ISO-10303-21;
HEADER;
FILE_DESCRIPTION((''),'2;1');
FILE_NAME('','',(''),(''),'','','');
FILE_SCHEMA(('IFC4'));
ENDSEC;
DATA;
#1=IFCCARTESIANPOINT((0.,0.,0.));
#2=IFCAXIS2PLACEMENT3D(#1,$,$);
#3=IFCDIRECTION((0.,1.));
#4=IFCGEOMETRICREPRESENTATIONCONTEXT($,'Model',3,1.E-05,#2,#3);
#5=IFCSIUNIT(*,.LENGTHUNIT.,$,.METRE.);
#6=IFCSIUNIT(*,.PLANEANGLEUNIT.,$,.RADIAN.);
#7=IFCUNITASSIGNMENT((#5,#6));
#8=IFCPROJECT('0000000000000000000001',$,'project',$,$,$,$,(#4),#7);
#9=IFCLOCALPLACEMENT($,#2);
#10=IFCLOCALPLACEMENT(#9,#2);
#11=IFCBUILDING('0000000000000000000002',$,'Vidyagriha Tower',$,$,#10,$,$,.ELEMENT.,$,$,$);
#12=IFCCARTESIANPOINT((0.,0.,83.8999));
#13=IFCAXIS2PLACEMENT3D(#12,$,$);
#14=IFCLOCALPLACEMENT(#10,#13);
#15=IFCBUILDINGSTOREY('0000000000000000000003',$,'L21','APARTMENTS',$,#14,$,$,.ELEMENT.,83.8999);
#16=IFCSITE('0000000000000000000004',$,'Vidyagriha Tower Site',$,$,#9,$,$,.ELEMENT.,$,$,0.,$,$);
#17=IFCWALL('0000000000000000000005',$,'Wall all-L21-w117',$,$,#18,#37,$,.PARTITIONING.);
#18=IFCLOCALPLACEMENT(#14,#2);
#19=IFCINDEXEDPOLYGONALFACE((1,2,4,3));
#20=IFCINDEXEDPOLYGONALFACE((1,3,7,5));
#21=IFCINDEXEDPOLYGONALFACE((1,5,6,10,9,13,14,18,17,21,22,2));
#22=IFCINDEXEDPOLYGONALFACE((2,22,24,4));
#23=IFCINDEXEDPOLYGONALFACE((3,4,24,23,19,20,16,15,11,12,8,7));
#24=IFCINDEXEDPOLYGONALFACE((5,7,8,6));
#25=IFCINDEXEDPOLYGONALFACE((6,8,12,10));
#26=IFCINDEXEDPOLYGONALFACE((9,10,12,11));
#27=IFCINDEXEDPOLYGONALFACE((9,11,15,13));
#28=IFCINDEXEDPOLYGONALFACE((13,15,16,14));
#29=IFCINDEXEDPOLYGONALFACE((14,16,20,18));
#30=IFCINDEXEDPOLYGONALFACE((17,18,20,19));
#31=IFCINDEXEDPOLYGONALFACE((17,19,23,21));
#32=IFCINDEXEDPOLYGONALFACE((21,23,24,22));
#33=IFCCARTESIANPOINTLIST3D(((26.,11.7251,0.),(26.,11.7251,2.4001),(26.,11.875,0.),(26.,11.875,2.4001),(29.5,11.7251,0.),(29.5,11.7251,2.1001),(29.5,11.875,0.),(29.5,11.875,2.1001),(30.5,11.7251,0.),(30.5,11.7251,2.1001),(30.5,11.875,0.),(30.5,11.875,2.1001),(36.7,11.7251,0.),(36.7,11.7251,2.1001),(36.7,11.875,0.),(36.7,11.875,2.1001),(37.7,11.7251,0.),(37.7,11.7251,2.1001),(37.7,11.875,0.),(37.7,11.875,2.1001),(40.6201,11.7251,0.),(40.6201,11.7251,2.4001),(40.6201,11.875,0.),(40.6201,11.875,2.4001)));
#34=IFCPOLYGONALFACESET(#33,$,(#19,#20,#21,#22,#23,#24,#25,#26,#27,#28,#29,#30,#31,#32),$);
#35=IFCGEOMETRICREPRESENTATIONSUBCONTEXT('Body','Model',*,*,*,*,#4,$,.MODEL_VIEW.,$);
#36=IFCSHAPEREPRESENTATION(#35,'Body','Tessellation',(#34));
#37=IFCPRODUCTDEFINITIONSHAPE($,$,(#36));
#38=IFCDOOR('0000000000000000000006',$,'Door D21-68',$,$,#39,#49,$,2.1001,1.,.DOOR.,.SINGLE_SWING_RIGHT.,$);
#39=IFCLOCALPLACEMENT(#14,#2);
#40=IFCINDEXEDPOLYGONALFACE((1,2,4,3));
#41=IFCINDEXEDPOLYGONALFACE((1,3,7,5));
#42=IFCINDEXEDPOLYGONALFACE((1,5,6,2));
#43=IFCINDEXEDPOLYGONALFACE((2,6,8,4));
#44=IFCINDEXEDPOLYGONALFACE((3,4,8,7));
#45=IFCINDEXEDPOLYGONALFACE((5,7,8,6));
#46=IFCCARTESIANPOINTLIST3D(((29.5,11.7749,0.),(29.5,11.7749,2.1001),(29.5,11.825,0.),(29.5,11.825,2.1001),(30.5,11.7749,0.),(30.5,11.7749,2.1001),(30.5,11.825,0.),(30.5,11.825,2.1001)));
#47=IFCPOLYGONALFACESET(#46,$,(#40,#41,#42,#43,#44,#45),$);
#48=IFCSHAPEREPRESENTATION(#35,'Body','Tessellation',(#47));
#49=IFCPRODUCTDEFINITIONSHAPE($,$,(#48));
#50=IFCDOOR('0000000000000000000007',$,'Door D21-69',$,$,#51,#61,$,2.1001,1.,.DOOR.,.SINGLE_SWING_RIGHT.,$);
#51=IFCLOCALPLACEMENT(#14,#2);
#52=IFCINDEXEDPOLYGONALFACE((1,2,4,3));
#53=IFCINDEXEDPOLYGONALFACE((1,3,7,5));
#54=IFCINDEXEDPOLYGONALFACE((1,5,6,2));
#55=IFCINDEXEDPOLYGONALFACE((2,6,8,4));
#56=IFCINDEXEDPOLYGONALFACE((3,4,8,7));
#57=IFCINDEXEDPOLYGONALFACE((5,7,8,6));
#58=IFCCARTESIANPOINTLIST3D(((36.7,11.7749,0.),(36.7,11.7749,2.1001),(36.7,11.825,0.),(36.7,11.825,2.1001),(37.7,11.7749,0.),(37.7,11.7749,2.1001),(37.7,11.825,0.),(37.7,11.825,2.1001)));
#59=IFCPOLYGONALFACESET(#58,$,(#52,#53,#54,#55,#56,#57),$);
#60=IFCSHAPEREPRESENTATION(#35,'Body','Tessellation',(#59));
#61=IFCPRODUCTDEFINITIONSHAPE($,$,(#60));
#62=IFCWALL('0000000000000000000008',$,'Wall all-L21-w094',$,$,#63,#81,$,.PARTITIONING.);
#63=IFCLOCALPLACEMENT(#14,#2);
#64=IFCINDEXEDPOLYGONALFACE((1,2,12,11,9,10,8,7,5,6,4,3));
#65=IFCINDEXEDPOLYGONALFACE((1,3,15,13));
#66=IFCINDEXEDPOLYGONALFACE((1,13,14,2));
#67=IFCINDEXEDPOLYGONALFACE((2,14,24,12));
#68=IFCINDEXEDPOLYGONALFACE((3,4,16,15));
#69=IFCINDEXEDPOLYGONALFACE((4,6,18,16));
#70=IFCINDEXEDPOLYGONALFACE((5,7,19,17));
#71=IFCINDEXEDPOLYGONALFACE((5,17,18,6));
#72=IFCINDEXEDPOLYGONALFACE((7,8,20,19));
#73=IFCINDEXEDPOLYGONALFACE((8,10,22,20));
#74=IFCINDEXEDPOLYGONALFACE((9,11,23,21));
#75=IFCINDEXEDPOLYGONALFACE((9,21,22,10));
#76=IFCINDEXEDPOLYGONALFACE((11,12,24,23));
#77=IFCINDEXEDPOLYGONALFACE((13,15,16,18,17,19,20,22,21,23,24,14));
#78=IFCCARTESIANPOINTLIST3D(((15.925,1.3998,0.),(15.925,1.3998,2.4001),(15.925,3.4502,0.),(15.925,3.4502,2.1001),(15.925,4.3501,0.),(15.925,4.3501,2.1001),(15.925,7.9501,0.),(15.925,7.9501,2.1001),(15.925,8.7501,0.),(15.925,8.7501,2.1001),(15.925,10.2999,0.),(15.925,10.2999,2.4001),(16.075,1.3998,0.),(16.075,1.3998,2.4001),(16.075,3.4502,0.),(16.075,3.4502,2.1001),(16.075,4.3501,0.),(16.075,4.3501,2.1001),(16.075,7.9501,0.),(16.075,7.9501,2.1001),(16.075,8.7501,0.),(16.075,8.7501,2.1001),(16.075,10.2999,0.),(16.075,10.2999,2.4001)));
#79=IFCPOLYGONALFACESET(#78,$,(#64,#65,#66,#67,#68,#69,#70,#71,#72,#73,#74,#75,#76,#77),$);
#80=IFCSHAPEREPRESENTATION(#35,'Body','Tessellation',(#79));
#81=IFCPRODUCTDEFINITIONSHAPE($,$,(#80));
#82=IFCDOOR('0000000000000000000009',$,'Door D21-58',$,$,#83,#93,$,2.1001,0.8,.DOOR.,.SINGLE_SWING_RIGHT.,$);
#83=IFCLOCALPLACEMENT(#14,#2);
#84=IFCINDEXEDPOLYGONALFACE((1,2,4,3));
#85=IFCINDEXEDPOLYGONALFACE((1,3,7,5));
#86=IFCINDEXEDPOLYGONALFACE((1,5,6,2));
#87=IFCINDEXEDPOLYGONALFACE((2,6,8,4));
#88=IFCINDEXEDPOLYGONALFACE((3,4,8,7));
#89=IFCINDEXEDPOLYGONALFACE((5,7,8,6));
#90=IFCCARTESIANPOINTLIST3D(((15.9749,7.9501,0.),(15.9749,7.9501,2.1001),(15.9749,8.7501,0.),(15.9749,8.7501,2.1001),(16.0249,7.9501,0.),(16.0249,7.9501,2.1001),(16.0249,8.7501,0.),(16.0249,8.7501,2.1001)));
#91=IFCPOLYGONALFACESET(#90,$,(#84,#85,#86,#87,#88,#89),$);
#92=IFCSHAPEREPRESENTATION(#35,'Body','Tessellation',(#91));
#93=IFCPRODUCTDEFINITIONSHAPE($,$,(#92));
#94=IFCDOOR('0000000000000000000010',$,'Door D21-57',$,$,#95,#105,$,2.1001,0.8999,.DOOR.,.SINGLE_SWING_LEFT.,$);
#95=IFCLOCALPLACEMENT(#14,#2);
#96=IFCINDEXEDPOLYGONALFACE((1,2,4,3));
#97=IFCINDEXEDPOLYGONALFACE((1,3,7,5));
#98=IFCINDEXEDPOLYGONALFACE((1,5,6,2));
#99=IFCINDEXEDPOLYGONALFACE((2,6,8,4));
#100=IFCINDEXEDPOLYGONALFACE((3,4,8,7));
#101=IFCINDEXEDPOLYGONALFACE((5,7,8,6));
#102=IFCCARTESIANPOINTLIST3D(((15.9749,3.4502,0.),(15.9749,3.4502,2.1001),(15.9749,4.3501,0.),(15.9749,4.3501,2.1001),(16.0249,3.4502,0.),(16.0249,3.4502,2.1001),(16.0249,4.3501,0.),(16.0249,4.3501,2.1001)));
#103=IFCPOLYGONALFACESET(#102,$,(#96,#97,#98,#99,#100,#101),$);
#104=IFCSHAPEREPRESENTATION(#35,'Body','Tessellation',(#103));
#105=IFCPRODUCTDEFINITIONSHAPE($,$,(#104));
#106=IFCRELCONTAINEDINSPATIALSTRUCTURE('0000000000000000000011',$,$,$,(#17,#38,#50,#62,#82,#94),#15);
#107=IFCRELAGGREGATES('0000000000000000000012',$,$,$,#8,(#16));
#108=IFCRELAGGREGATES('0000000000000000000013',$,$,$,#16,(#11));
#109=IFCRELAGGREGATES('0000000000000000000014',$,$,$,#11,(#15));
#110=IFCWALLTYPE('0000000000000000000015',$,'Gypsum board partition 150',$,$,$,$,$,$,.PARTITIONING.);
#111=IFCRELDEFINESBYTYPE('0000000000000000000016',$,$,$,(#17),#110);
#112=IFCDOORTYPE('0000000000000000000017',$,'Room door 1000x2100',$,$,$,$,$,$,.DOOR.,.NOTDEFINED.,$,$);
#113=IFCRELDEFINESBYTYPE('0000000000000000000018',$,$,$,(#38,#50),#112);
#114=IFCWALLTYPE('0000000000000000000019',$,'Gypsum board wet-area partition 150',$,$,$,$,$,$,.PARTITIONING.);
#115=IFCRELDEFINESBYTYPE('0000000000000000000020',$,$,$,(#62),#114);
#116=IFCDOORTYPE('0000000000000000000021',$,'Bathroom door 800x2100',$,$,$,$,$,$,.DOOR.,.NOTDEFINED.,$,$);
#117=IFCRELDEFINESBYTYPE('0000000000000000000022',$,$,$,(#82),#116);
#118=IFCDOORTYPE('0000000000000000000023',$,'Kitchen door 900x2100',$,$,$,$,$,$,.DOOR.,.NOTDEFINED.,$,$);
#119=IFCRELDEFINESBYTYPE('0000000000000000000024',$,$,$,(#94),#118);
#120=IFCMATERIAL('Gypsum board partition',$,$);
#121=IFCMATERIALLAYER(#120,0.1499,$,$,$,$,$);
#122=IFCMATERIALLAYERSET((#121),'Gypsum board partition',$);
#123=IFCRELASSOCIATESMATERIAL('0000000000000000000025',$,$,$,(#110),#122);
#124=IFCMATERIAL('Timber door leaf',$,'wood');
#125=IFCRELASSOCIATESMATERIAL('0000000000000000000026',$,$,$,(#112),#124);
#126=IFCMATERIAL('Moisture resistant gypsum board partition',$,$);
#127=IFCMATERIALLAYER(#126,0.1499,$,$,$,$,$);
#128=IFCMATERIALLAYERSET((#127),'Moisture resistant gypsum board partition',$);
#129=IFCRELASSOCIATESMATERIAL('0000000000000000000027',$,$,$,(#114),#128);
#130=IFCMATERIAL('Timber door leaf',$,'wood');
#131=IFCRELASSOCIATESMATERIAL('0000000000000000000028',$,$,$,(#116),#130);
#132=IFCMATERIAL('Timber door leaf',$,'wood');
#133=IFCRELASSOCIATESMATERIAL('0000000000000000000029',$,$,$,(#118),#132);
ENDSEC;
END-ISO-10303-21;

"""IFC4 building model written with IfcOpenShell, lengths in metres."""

from ifc_helpers import new_model, si_unit, direction, frame, frame_2d, origin, place, context, subcontext, project, spatial, rectangle, extrude, material, layer, layer_set, type_object, element, fill, save


model = new_model("IFC4")

# Units and contexts
model_context = context("Model", 3, precision=1e-05, world=origin(), true_north=direction((0.0, 1.0)))
body_context = subcontext(model_context, "Body", "Model", "MODEL_VIEW")
ifc_project = project(units=[si_unit("LENGTHUNIT", "METRE"), si_unit("PLANEANGLEUNIT", "RADIAN")], contexts=[model_context])

# Site, building, storey
site_placement = place(None, origin())
site = spatial("IfcSite", under=ifc_project, at=site_placement, Name="Vidyagriha Tower Site", CompositionType="ELEMENT", RefElevation=0.0)
building_placement = place(site_placement, origin())
building = spatial("IfcBuilding", under=site, at=building_placement, Name="Vidyagriha Tower", CompositionType="ELEMENT")
storey_placement = place(building_placement, frame((0.0, 0.0, 83.8999)))
storey = spatial("IfcBuildingStorey", under=building, at=storey_placement, Name="L21", Description="APARTMENTS", CompositionType="ELEMENT", Elevation=83.8999)

# Shared definitions
ifc_material_1 = material(Name="Gypsum board partition")
ifc_layer_1 = layer(ifc_material_1, 0.1499)
ifc_layer_set_1 = layer_set([ifc_layer_1], Name="Gypsum board partition")
wall_type_1 = type_object("IfcWallType", Name="Gypsum board partition 150", PredefinedType="PARTITIONING", material=ifc_layer_set_1)

# Walls, openings, doors
wall_1_placement = place(storey_placement, frame((26.0, 11.8, 0.0)))
wall_1 = element("IfcWall", 1, at=wall_1_placement, inside=storey, type_object=wall_type_1, Name="Wall all-L21-w117", PredefinedType="PARTITIONING", context=body_context, shape_type="SweptSolid", body=[
    extrude(rectangle(XDim=14.6201, YDim=0.1499, at=frame_2d((7.3101, 0.0))), origin(), (0.0, 0.0, 1.0), 2.4001),
])
opening_1_placement = place(wall_1_placement, frame((3.5, 0.0, 0.0)))
opening_1 = element("IfcOpeningElement", 2, at=opening_1_placement, cuts=wall_1, PredefinedType="OPENING", context=body_context, shape_type="SweptSolid", body=[
    extrude(rectangle(XDim=1.0, YDim=2.1001, at=frame_2d((0.5, 1.05))), frame((0.0, 0.085, 0.0), z_axis=(0.0, -1.0, 0.0), x_axis=(1.0, 0.0, 0.0)), (0.0, 0.0, 1.0), 0.1699),
])
opening_2_placement = place(wall_1_placement, frame((10.7, 0.0, 0.0)))
opening_2 = element("IfcOpeningElement", 3, at=opening_2_placement, cuts=wall_1, PredefinedType="OPENING", context=body_context, shape_type="SweptSolid", body=[
    extrude(rectangle(XDim=1.0, YDim=2.1001, at=frame_2d((0.5, 1.05))), frame((0.0, 0.085, 0.0), z_axis=(0.0, -1.0, 0.0), x_axis=(1.0, 0.0, 0.0)), (0.0, 0.0, 1.0), 0.1699),
])
ifc_material_2 = material(Name="Timber door leaf", Category="wood")
door_type_1 = type_object("IfcDoorType", Name="Room door 1000x2100", OperationType="NOTDEFINED", PredefinedType="DOOR", material=ifc_material_2)
door_1_placement = place(opening_1_placement, origin())
door_1 = element("IfcDoor", 4, at=door_1_placement, inside=storey, type_object=door_type_1, Name="Door D21-68", OperationType="SINGLE_SWING_RIGHT", OverallHeight=2.1001, OverallWidth=1.0, PredefinedType="DOOR", context=body_context, shape_type="SweptSolid", body=[
    extrude(rectangle(XDim=1.0, YDim=2.1001, at=frame_2d((0.5, 1.05))), frame((0.0, 0.0249, 0.0), z_axis=(0.0, -1.0, 0.0), x_axis=(1.0, 0.0, 0.0)), (0.0, 0.0, 1.0), 0.05),
])
fill(opening_1, door_1)
door_2_placement = place(opening_2_placement, origin())
door_2 = element("IfcDoor", 5, at=door_2_placement, inside=storey, type_object=door_type_1, Name="Door D21-69", OperationType="SINGLE_SWING_RIGHT", OverallHeight=2.1001, OverallWidth=1.0, PredefinedType="DOOR", context=body_context, shape_type="SweptSolid", body=[
    extrude(rectangle(XDim=1.0, YDim=2.1001, at=frame_2d((0.5, 1.05))), frame((0.0, 0.0249, 0.0), z_axis=(0.0, -1.0, 0.0), x_axis=(1.0, 0.0, 0.0)), (0.0, 0.0, 1.0), 0.05),
])
fill(opening_2, door_2)
ifc_material_3 = material(Name="Moisture resistant gypsum board partition")
ifc_layer_2 = layer(ifc_material_3, 0.1499)
ifc_layer_set_2 = layer_set([ifc_layer_2], Name="Moisture resistant gypsum board partition")
wall_type_2 = type_object("IfcWallType", Name="Gypsum board wet-area partition 150", PredefinedType="PARTITIONING", material=ifc_layer_set_2)
wall_2_placement = place(storey_placement, frame((16.0, 10.3, 0.0), z_axis=(0.0, 0.0, 1.0), x_axis=(0.0, -1.0, 0.0)))
wall_2 = element("IfcWall", 6, at=wall_2_placement, inside=storey, type_object=wall_type_2, Name="Wall all-L21-w094", PredefinedType="PARTITIONING", context=body_context, shape_type="SweptSolid", body=[
    extrude(rectangle(XDim=8.9001, YDim=0.1499, at=frame_2d((4.4502, 0.0))), origin(), (0.0, 0.0, 1.0), 2.4001),
])
opening_3_placement = place(wall_2_placement, frame((5.95, 0.0, 0.0)))
opening_3 = element("IfcOpeningElement", 7, at=opening_3_placement, cuts=wall_2, PredefinedType="OPENING", context=body_context, shape_type="SweptSolid", body=[
    extrude(rectangle(XDim=0.8999, YDim=2.1001, at=frame_2d((0.45, 1.05))), frame((0.0, 0.085, 0.0), z_axis=(0.0, -1.0, 0.0), x_axis=(1.0, 0.0, 0.0)), (0.0, 0.0, 1.0), 0.1699),
])
opening_4_placement = place(wall_2_placement, frame((1.55, 0.0, 0.0)))
opening_4 = element("IfcOpeningElement", 8, at=opening_4_placement, cuts=wall_2, PredefinedType="OPENING", context=body_context, shape_type="SweptSolid", body=[
    extrude(rectangle(XDim=0.8, YDim=2.1001, at=frame_2d((0.3999, 1.05))), frame((0.0, 0.085, 0.0), z_axis=(0.0, -1.0, 0.0), x_axis=(1.0, 0.0, 0.0)), (0.0, 0.0, 1.0), 0.1699),
])
ifc_material_4 = material(Name="Timber door leaf", Category="wood")
door_type_2 = type_object("IfcDoorType", Name="Bathroom door 800x2100", OperationType="NOTDEFINED", PredefinedType="DOOR", material=ifc_material_4)
door_3_placement = place(opening_4_placement, origin())
door_3 = element("IfcDoor", 9, at=door_3_placement, inside=storey, type_object=door_type_2, Name="Door D21-58", OperationType="SINGLE_SWING_RIGHT", OverallHeight=2.1001, OverallWidth=0.8, PredefinedType="DOOR", context=body_context, shape_type="SweptSolid", body=[
    extrude(rectangle(XDim=0.8, YDim=2.1001, at=frame_2d((0.3999, 1.05))), frame((0.0, 0.0249, 0.0), z_axis=(0.0, -1.0, 0.0), x_axis=(1.0, 0.0, 0.0)), (0.0, 0.0, 1.0), 0.05),
])
fill(opening_4, door_3)
ifc_material_5 = material(Name="Timber door leaf", Category="wood")
door_type_3 = type_object("IfcDoorType", Name="Kitchen door 900x2100", OperationType="NOTDEFINED", PredefinedType="DOOR", material=ifc_material_5)
door_4_placement = place(opening_3_placement, origin())
door_4 = element("IfcDoor", 10, at=door_4_placement, inside=storey, type_object=door_type_3, Name="Door D21-57", OperationType="SINGLE_SWING_LEFT", OverallHeight=2.1001, OverallWidth=0.8999, PredefinedType="DOOR", context=body_context, shape_type="SweptSolid", body=[
    extrude(rectangle(XDim=0.8999, YDim=2.1001, at=frame_2d((0.45, 1.05))), frame((0.0, 0.0249, 0.0), z_axis=(0.0, -1.0, 0.0), x_axis=(1.0, 0.0, 0.0)), (0.0, 0.0, 1.0), 0.05),
])
fill(opening_3, door_4)

save(model, "model.ifc")
